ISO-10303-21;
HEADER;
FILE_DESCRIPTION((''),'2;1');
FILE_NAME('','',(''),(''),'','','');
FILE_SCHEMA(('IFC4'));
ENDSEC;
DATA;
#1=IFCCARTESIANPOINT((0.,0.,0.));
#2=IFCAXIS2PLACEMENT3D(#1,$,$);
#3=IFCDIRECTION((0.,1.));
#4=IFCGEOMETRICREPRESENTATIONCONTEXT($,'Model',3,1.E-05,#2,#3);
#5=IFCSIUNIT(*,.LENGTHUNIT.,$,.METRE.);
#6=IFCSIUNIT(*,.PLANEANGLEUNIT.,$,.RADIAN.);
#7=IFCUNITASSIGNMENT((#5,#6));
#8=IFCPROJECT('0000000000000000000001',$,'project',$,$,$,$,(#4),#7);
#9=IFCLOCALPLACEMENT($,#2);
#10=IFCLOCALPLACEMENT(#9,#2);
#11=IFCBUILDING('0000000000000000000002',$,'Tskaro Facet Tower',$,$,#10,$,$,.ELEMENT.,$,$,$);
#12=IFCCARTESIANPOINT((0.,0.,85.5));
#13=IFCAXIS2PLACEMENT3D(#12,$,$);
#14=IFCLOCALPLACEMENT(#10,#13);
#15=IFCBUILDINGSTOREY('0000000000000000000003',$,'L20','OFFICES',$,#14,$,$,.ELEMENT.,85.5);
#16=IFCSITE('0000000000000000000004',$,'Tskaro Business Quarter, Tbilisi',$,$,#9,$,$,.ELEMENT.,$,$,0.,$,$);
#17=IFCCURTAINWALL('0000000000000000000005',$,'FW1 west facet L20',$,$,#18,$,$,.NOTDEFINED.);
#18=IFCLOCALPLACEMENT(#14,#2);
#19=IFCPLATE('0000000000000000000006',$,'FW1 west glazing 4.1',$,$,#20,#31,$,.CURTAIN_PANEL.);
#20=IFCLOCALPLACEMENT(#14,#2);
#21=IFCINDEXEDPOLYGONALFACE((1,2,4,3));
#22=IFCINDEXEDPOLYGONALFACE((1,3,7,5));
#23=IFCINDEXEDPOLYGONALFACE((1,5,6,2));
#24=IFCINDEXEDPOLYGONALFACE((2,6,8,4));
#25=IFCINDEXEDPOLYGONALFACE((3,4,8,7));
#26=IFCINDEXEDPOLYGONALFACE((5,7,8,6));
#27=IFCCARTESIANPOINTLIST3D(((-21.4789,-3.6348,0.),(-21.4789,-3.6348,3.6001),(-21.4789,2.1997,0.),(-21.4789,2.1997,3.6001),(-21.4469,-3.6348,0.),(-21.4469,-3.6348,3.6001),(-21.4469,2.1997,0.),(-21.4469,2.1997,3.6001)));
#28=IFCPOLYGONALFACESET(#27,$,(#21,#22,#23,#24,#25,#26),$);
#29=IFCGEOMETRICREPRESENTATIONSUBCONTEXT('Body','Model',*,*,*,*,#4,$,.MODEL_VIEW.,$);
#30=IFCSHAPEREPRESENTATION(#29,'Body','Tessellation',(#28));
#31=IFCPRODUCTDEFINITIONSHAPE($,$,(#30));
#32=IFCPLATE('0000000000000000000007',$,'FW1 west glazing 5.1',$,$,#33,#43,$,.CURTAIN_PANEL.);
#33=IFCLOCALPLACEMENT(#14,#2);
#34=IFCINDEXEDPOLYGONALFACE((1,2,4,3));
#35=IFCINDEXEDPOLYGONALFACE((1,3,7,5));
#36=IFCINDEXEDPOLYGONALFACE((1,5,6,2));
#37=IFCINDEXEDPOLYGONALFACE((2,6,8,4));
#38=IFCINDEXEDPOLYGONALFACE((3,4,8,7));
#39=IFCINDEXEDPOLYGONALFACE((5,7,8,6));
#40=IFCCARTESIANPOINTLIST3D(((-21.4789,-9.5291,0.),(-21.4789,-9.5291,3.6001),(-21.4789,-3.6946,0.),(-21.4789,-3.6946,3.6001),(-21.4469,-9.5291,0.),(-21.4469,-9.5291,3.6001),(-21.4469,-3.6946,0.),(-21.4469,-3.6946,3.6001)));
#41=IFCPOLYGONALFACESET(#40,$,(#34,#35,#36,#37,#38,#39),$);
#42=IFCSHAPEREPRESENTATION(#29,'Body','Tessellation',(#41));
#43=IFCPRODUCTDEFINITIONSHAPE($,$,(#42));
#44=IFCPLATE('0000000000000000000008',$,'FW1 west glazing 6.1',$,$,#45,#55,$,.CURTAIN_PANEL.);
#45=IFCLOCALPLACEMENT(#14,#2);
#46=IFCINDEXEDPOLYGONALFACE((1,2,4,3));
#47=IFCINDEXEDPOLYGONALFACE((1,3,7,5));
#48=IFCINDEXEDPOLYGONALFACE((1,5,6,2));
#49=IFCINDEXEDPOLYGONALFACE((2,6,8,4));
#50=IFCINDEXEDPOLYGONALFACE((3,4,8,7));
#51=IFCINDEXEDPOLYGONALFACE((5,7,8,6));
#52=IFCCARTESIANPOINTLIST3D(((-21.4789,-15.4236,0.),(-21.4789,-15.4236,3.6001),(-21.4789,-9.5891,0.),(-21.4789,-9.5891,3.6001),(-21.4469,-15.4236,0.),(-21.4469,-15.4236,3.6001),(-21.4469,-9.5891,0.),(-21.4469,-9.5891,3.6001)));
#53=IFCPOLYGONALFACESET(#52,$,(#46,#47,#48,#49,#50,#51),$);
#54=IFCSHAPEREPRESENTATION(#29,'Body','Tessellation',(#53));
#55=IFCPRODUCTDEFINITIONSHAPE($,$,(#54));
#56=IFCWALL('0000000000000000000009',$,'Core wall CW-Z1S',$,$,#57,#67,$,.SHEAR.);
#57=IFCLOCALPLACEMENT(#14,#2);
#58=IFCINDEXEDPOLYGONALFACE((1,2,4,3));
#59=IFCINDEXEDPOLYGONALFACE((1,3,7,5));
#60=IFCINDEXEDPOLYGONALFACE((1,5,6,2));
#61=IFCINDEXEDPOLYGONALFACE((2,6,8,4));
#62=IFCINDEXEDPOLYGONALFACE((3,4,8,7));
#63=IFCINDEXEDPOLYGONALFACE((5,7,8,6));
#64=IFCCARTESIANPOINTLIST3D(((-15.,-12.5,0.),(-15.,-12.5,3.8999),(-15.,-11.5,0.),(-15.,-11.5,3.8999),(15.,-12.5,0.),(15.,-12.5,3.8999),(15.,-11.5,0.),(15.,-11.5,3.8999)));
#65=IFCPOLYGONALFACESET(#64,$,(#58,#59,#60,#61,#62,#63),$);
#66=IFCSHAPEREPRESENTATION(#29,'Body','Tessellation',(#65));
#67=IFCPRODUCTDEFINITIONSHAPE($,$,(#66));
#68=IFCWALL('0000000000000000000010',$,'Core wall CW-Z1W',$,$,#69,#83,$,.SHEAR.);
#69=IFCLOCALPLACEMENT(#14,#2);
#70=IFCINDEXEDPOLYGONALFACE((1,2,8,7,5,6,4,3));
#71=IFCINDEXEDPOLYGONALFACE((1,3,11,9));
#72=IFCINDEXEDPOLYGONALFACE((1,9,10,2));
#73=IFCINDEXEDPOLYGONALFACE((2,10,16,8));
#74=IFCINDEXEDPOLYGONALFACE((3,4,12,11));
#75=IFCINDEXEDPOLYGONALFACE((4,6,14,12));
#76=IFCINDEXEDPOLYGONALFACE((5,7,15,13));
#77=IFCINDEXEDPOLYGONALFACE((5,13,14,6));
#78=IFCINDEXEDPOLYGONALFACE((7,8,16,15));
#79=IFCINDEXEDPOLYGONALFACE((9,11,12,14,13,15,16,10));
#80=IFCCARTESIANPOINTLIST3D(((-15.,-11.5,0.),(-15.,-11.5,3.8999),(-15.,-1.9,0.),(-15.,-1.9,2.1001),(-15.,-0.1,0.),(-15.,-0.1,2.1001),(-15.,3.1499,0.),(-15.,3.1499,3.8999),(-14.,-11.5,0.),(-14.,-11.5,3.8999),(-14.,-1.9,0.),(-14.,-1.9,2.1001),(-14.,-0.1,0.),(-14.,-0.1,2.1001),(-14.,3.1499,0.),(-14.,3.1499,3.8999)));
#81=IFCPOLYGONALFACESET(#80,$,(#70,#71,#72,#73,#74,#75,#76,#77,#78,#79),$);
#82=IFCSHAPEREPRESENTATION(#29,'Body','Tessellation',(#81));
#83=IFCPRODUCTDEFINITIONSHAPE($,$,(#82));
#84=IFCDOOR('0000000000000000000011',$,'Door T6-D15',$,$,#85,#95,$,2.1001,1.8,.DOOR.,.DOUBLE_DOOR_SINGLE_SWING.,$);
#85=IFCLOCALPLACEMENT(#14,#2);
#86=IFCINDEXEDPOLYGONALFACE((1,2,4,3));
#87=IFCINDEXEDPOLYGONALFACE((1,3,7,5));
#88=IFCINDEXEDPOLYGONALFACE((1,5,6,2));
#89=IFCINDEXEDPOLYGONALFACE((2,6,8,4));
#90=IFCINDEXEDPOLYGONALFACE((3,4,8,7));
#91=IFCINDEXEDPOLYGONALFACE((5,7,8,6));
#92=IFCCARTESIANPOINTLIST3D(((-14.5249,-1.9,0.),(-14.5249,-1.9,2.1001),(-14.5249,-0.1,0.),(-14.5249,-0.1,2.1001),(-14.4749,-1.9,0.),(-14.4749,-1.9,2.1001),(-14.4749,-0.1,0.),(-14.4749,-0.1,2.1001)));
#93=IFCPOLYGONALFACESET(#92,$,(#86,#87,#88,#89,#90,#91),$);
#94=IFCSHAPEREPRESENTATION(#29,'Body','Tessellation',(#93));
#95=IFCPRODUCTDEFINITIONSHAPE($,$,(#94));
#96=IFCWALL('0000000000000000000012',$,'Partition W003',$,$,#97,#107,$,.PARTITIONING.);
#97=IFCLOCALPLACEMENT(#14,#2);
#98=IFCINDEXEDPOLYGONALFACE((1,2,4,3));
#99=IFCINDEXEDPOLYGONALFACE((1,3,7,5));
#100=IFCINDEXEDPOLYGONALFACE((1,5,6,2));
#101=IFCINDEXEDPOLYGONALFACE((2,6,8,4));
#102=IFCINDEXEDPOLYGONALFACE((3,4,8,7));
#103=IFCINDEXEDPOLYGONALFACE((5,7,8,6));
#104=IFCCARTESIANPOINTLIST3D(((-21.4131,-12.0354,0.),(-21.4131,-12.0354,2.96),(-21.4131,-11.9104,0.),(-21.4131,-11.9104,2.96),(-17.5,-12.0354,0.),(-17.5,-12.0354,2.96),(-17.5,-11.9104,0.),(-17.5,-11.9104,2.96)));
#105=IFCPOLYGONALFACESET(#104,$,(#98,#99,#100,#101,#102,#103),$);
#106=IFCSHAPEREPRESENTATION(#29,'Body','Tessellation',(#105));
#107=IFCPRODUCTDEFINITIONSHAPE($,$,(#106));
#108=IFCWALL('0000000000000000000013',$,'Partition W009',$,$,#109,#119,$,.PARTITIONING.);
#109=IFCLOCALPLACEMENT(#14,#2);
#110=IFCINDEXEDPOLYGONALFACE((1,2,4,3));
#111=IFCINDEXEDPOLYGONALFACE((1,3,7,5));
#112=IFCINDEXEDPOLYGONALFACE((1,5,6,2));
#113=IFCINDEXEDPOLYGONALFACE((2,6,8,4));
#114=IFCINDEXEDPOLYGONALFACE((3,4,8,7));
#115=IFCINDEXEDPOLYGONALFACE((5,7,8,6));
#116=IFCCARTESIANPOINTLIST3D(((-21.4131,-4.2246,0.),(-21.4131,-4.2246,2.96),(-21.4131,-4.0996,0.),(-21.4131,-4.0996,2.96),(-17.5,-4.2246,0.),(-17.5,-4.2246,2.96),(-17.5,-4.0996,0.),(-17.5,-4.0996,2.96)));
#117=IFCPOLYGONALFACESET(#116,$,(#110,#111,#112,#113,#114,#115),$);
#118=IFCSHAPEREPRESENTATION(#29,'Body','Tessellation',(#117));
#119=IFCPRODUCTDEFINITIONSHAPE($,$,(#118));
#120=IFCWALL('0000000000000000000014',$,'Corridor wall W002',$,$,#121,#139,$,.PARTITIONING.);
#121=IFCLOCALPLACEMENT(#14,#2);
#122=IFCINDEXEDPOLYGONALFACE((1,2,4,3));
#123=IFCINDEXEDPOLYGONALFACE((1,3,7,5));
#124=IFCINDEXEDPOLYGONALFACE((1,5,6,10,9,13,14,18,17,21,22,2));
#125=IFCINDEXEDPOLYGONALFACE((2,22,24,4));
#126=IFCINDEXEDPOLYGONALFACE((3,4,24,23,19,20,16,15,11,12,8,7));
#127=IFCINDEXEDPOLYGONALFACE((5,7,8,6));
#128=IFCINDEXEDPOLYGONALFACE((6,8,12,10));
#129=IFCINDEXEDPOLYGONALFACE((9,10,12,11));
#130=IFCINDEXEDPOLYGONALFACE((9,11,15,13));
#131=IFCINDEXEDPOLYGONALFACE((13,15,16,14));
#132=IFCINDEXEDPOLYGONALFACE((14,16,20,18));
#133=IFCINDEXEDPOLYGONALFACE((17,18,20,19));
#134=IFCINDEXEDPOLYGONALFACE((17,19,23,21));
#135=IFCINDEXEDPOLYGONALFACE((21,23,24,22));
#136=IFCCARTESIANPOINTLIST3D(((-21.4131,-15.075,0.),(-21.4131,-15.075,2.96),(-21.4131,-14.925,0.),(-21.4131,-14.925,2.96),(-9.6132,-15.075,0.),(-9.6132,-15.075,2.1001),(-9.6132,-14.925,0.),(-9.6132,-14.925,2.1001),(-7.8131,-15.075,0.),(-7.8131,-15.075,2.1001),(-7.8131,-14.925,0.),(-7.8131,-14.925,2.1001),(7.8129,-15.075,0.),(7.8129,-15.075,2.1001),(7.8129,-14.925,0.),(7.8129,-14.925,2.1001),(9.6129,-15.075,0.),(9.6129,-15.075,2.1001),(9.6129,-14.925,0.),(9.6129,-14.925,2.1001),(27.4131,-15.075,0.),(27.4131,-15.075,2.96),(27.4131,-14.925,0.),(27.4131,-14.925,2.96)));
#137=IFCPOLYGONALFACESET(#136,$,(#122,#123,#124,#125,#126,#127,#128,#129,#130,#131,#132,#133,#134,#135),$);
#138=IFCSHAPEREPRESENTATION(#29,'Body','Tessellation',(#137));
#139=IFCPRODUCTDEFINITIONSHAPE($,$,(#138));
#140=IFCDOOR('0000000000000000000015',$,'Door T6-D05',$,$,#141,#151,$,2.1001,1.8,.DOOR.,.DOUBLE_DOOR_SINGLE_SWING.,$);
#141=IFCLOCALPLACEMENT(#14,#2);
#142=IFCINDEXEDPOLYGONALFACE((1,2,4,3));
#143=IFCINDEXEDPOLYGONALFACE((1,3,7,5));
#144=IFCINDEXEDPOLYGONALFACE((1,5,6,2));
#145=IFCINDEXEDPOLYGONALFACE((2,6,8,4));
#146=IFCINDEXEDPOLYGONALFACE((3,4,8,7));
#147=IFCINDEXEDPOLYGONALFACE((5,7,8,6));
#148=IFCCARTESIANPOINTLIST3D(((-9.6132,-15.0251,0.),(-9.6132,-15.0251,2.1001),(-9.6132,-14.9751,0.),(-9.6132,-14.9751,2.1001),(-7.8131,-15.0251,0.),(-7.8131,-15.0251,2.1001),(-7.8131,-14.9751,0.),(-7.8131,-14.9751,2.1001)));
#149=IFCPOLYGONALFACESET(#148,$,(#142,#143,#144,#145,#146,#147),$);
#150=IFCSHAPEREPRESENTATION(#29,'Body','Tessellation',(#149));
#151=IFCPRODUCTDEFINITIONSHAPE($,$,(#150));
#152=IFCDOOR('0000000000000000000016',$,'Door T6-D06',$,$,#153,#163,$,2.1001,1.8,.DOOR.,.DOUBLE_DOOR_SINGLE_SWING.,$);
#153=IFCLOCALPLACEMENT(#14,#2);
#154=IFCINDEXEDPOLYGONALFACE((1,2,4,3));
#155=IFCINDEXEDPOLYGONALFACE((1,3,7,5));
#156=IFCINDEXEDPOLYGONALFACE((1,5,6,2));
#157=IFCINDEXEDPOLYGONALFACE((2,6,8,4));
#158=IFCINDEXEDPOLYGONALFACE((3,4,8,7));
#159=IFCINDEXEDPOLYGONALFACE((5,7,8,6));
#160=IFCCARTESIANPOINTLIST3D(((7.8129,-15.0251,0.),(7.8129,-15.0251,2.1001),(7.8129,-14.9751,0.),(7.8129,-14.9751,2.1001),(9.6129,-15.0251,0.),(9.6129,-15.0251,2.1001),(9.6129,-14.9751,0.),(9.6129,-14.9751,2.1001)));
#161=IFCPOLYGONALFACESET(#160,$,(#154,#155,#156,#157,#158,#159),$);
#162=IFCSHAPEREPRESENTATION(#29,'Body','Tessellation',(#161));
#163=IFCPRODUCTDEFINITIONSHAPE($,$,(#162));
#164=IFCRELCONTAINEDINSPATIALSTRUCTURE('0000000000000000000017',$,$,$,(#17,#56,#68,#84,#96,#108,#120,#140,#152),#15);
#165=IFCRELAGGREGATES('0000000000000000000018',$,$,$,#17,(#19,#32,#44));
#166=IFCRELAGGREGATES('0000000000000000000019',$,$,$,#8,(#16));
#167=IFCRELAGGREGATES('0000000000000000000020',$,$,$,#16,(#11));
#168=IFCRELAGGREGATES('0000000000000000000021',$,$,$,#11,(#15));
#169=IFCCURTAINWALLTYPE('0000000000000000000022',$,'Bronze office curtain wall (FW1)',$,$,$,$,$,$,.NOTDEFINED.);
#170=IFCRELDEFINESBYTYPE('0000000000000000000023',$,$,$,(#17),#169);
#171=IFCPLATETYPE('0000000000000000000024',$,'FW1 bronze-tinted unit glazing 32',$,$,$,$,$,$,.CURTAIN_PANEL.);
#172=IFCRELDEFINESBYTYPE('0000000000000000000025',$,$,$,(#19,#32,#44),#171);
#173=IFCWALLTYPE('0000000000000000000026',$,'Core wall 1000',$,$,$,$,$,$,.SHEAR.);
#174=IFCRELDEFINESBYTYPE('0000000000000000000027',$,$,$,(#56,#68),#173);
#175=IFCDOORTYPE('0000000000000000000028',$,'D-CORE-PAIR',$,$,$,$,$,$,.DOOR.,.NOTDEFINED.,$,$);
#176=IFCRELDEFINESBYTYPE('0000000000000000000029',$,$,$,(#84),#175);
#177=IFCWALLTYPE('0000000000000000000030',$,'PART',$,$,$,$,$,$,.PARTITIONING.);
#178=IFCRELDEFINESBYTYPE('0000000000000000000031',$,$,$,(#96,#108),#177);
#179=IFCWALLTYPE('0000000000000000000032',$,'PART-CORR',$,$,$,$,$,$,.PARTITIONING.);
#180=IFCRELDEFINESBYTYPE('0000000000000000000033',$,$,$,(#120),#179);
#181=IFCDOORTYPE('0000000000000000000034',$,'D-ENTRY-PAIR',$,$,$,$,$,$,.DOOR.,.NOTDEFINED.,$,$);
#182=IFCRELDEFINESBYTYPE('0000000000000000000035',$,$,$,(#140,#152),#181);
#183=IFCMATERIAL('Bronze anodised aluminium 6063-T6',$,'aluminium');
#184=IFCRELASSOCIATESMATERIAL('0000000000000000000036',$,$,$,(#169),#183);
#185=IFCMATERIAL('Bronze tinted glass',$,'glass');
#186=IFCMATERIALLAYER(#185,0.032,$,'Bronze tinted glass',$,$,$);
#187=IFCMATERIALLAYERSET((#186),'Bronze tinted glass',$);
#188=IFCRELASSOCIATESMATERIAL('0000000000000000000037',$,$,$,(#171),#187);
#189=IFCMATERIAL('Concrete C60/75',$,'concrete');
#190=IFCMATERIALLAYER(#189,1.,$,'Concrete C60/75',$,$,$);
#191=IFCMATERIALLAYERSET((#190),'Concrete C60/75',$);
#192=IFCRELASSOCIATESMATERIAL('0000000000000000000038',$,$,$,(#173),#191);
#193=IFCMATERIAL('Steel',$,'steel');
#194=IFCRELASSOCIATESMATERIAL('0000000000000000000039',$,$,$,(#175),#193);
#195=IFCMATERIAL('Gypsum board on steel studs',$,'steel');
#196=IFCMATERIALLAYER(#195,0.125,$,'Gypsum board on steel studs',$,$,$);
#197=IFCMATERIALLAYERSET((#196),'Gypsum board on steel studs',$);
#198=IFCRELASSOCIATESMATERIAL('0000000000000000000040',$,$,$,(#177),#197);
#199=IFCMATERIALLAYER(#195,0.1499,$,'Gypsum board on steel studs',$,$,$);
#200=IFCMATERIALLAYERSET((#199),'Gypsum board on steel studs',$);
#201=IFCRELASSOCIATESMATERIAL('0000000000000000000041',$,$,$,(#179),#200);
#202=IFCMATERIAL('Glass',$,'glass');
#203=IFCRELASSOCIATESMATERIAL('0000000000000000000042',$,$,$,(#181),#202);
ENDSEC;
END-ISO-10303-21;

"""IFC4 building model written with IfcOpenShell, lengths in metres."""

from ifc_helpers import new_model, si_unit, direction, frame, frame_2d, origin, origin_2d, place, context, subcontext, project, spatial, rectangle, extrude, material, layer, layer_set, type_object, element, fill, aggregate, save


model = new_model("IFC4")

# Units and contexts
model_context = context("Model", 3, precision=1e-05, world=origin(), true_north=direction((0.0, 1.0)))
body_context = subcontext(model_context, "Body", "Model", "MODEL_VIEW")
ifc_project = project(units=[si_unit("LENGTHUNIT", "METRE"), si_unit("PLANEANGLEUNIT", "RADIAN")], contexts=[model_context])

# Site, building, storey
site_placement = place(None, origin())
site = spatial("IfcSite", under=ifc_project, at=site_placement, Name="Tskaro Business Quarter, Tbilisi", CompositionType="ELEMENT", RefElevation=0.0)
building_placement = place(site_placement, origin())
building = spatial("IfcBuilding", under=site, at=building_placement, Name="Tskaro Facet Tower", CompositionType="ELEMENT")
storey_placement = place(building_placement, frame((0.0, 0.0, 85.5)))
storey = spatial("IfcBuildingStorey", under=building, at=storey_placement, Name="L20", Description="OFFICES", CompositionType="ELEMENT", Elevation=85.5)

# Curtain wall
ifc_material_1 = material(Name="Bronze anodised aluminium 6063-T6", Category="aluminium")
curtain_wall_type = type_object("IfcCurtainWallType", Name="Bronze office curtain wall (FW1)", PredefinedType="NOTDEFINED", material=ifc_material_1)
curtain_wall_placement = place(storey_placement, origin())
curtain_wall = element("IfcCurtainWall", 1, at=curtain_wall_placement, inside=storey, type_object=curtain_wall_type, Name="FW1 west facet L20", PredefinedType="NOTDEFINED")

# Plates
ifc_material_2 = material(Name="Bronze tinted glass", Category="glass")
ifc_layer_1 = layer(ifc_material_2, 0.032, Name="Bronze tinted glass")
ifc_layer_set_1 = layer_set([ifc_layer_1], Name="Bronze tinted glass")
plate_type = type_object("IfcPlateType", Name="FW1 bronze-tinted unit glazing 32", PredefinedType="CURTAIN_PANEL", material=ifc_layer_set_1)
plate_1_placement = place(storey_placement, frame((-21.4629, -0.7175, 0.0), z_axis=(0.0, 0.0, 1.0), x_axis=(0.0, -1.0, 0.0)))
plate_1 = element("IfcPlate", 2, at=plate_1_placement, type_object=plate_type, Name="FW1 west glazing 4.1", PredefinedType="CURTAIN_PANEL", context=body_context, shape_type="SweptSolid", body=[
    extrude(rectangle(XDim=5.8345, YDim=0.032, at=origin_2d()), origin(), (0.0, 0.0, 1.0), 3.6001),
])
plate_2_placement = place(storey_placement, frame((-21.4629, -6.6118, 0.0), z_axis=(0.0, 0.0, 1.0), x_axis=(0.0, -1.0, 0.0)))
plate_2 = element("IfcPlate", 3, at=plate_2_placement, type_object=plate_type, Name="FW1 west glazing 5.1", PredefinedType="CURTAIN_PANEL", context=body_context, shape_type="SweptSolid", body=[
    extrude(rectangle(XDim=5.8345, YDim=0.032, at=origin_2d()), origin(), (0.0, 0.0, 1.0), 3.6001),
])
plate_3_placement = place(storey_placement, frame((-21.4629, -12.5063, 0.0), z_axis=(0.0, 0.0, 1.0), x_axis=(0.0, -1.0, 0.0)))
plate_3 = element("IfcPlate", 4, at=plate_3_placement, type_object=plate_type, Name="FW1 west glazing 6.1", PredefinedType="CURTAIN_PANEL", context=body_context, shape_type="SweptSolid", body=[
    extrude(rectangle(XDim=5.8345, YDim=0.032, at=origin_2d()), origin(), (0.0, 0.0, 1.0), 3.6001),
])
aggregate(curtain_wall, [plate_1, plate_2, plate_3])

# Wall
ifc_material_3 = material(Name="Concrete C60/75", Category="concrete")
ifc_layer_2 = layer(ifc_material_3, 1.0, Name="Concrete C60/75")
ifc_layer_set_2 = layer_set([ifc_layer_2], Name="Concrete C60/75")
wall_type_1 = type_object("IfcWallType", Name="Core wall 1000", PredefinedType="SHEAR", material=ifc_layer_set_2)
wall_1_placement = place(storey_placement, frame((-15.0, -12.0, 0.0), z_axis=(0.0, 0.0, 1.0), x_axis=(1.0, 0.0, 0.0)))
element("IfcWall", 5, at=wall_1_placement, inside=storey, type_object=wall_type_1, Name="Core wall CW-Z1S", PredefinedType="SHEAR", context=body_context, shape_type="SweptSolid", body=[
    extrude(rectangle(XDim=30.0, YDim=1.0, at=frame_2d((15.0, 0.0))), origin(), (0.0, 0.0, 1.0), 3.8999),
])

# Wall, opening, door
wall_2_placement = place(storey_placement, frame((-14.5, -11.5, 0.0), z_axis=(0.0, 0.0, 1.0), x_axis=(0.0, 1.0, 0.0)))
wall_2 = element("IfcWall", 6, at=wall_2_placement, inside=storey, type_object=wall_type_1, Name="Core wall CW-Z1W", PredefinedType="SHEAR", context=body_context, shape_type="SweptSolid", body=[
    extrude(rectangle(XDim=14.6499, YDim=1.0, at=frame_2d((7.325, 0.0))), origin(), (0.0, 0.0, 1.0), 3.8999),
])
opening_1_placement = place(wall_2_placement, frame((9.6001, 0.0, 0.0)))
opening_1 = element("IfcOpeningElement", 7, at=opening_1_placement, cuts=wall_2, PredefinedType="OPENING", context=body_context, shape_type="SweptSolid", body=[
    extrude(rectangle(XDim=1.8, YDim=2.1001, at=frame_2d((0.8999, 1.05))), frame((0.0, 0.51, 0.0), z_axis=(0.0, -1.0, 0.0), x_axis=(1.0, 0.0, 0.0)), (0.0, 0.0, 1.0), 1.02),
])
ifc_material_4 = material(Name="Steel", Category="steel")
door_type_1 = type_object("IfcDoorType", Name="D-CORE-PAIR", OperationType="NOTDEFINED", PredefinedType="DOOR", material=ifc_material_4)
door_1_placement = place(opening_1_placement, origin())
door_1 = element("IfcDoor", 8, at=door_1_placement, inside=storey, type_object=door_type_1, Name="Door T6-D15", OperationType="DOUBLE_DOOR_SINGLE_SWING", OverallHeight=2.1001, OverallWidth=1.8, PredefinedType="DOOR", context=body_context, shape_type="SweptSolid", body=[
    extrude(rectangle(XDim=1.8, YDim=2.1001, at=frame_2d((0.8999, 1.05))), frame((0.0, 0.0249, 0.0), z_axis=(0.0, -1.0, 0.0), x_axis=(1.0, 0.0, 0.0)), (0.0, 0.0, 1.0), 0.05),
])
fill(opening_1, door_1)

# Walls
ifc_material_5 = material(Name="Gypsum board on steel studs", Category="steel")
ifc_layer_3 = layer(ifc_material_5, 0.125, Name="Gypsum board on steel studs")
ifc_layer_set_3 = layer_set([ifc_layer_3], Name="Gypsum board on steel studs")
wall_type_2 = type_object("IfcWallType", Name="PART", PredefinedType="PARTITIONING", material=ifc_layer_set_3)
for number, where, z_axis, x_axis, name in (
    (9, (-21.4131, -11.9729, 0.0), (0.0, 0.0, 1.0), (1.0, 0.0, 0.0), "Partition W003"),
    (10, (-21.4131, -4.1621, 0.0), (0.0, 0.0, 1.0), (1.0, 0.0, 0.0), "Partition W009"),
):
    element("IfcWall", number, at=place(storey_placement, frame(where, z_axis=z_axis, x_axis=x_axis)), inside=storey, type_object=wall_type_2, Name=name, PredefinedType="PARTITIONING", context=body_context, shape_type="SweptSolid", body=[
        extrude(rectangle(XDim=3.9131, YDim=0.125, at=frame_2d((1.9565, 0.0))), origin(), (0.0, 0.0, 1.0), 2.96),
    ])

# Wall, openings, doors
ifc_layer_4 = layer(ifc_material_5, 0.1499, Name="Gypsum board on steel studs")
ifc_layer_set_4 = layer_set([ifc_layer_4], Name="Gypsum board on steel studs")
wall_type_3 = type_object("IfcWallType", Name="PART-CORR", PredefinedType="PARTITIONING", material=ifc_layer_set_4)
wall_3_placement = place(storey_placement, frame((-21.4131, -15.0, 0.0), z_axis=(0.0, 0.0, 1.0), x_axis=(1.0, 0.0, 0.0)))
wall_3 = element("IfcWall", 11, at=wall_3_placement, inside=storey, type_object=wall_type_3, Name="Corridor wall W002", PredefinedType="PARTITIONING", context=body_context, shape_type="SweptSolid", body=[
    extrude(rectangle(XDim=48.8262, YDim=0.1499, at=frame_2d((24.4131, 0.0))), origin(), (0.0, 0.0, 1.0), 2.96),
])
opening_2_placement = place(wall_3_placement, frame((11.8, 0.0, 0.0)))
opening_2 = element("IfcOpeningElement", 12, at=opening_2_placement, cuts=wall_3, PredefinedType="OPENING", context=body_context, shape_type="SweptSolid", body=[
    extrude(rectangle(XDim=1.8, YDim=2.1001, at=frame_2d((0.8999, 1.05))), frame((0.0, 0.085, 0.0), z_axis=(0.0, -1.0, 0.0), x_axis=(1.0, 0.0, 0.0)), (0.0, 0.0, 1.0), 0.1699),
])
opening_3_placement = place(wall_3_placement, frame((29.2261, 0.0, 0.0)))
opening_3 = element("IfcOpeningElement", 13, at=opening_3_placement, cuts=wall_3, PredefinedType="OPENING", context=body_context, shape_type="SweptSolid", body=[
    extrude(rectangle(XDim=1.8, YDim=2.1001, at=frame_2d((0.8999, 1.05))), frame((0.0, 0.085, 0.0), z_axis=(0.0, -1.0, 0.0), x_axis=(1.0, 0.0, 0.0)), (0.0, 0.0, 1.0), 0.1699),
])
ifc_material_6 = material(Name="Glass", Category="glass")
door_type_2 = type_object("IfcDoorType", Name="D-ENTRY-PAIR", OperationType="NOTDEFINED", PredefinedType="DOOR", material=ifc_material_6)
door_2_placement = place(opening_2_placement, origin())
door_2 = element("IfcDoor", 14, at=door_2_placement, inside=storey, type_object=door_type_2, Name="Door T6-D05", OperationType="DOUBLE_DOOR_SINGLE_SWING", OverallHeight=2.1001, OverallWidth=1.8, PredefinedType="DOOR", context=body_context, shape_type="SweptSolid", body=[
    extrude(rectangle(XDim=1.8, YDim=2.1001, at=frame_2d((0.8999, 1.05))), frame((0.0, 0.0249, 0.0), z_axis=(0.0, -1.0, 0.0), x_axis=(1.0, 0.0, 0.0)), (0.0, 0.0, 1.0), 0.05),
])
fill(opening_2, door_2)
door_3_placement = place(opening_3_placement, origin())
door_3 = element("IfcDoor", 15, at=door_3_placement, inside=storey, type_object=door_type_2, Name="Door T6-D06", OperationType="DOUBLE_DOOR_SINGLE_SWING", OverallHeight=2.1001, OverallWidth=1.8, PredefinedType="DOOR", context=body_context, shape_type="SweptSolid", body=[
    extrude(rectangle(XDim=1.8, YDim=2.1001, at=frame_2d((0.8999, 1.05))), frame((0.0, 0.0249, 0.0), z_axis=(0.0, -1.0, 0.0), x_axis=(1.0, 0.0, 0.0)), (0.0, 0.0, 1.0), 0.05),
])
fill(opening_3, door_3)

save(model, "model.ifc")
